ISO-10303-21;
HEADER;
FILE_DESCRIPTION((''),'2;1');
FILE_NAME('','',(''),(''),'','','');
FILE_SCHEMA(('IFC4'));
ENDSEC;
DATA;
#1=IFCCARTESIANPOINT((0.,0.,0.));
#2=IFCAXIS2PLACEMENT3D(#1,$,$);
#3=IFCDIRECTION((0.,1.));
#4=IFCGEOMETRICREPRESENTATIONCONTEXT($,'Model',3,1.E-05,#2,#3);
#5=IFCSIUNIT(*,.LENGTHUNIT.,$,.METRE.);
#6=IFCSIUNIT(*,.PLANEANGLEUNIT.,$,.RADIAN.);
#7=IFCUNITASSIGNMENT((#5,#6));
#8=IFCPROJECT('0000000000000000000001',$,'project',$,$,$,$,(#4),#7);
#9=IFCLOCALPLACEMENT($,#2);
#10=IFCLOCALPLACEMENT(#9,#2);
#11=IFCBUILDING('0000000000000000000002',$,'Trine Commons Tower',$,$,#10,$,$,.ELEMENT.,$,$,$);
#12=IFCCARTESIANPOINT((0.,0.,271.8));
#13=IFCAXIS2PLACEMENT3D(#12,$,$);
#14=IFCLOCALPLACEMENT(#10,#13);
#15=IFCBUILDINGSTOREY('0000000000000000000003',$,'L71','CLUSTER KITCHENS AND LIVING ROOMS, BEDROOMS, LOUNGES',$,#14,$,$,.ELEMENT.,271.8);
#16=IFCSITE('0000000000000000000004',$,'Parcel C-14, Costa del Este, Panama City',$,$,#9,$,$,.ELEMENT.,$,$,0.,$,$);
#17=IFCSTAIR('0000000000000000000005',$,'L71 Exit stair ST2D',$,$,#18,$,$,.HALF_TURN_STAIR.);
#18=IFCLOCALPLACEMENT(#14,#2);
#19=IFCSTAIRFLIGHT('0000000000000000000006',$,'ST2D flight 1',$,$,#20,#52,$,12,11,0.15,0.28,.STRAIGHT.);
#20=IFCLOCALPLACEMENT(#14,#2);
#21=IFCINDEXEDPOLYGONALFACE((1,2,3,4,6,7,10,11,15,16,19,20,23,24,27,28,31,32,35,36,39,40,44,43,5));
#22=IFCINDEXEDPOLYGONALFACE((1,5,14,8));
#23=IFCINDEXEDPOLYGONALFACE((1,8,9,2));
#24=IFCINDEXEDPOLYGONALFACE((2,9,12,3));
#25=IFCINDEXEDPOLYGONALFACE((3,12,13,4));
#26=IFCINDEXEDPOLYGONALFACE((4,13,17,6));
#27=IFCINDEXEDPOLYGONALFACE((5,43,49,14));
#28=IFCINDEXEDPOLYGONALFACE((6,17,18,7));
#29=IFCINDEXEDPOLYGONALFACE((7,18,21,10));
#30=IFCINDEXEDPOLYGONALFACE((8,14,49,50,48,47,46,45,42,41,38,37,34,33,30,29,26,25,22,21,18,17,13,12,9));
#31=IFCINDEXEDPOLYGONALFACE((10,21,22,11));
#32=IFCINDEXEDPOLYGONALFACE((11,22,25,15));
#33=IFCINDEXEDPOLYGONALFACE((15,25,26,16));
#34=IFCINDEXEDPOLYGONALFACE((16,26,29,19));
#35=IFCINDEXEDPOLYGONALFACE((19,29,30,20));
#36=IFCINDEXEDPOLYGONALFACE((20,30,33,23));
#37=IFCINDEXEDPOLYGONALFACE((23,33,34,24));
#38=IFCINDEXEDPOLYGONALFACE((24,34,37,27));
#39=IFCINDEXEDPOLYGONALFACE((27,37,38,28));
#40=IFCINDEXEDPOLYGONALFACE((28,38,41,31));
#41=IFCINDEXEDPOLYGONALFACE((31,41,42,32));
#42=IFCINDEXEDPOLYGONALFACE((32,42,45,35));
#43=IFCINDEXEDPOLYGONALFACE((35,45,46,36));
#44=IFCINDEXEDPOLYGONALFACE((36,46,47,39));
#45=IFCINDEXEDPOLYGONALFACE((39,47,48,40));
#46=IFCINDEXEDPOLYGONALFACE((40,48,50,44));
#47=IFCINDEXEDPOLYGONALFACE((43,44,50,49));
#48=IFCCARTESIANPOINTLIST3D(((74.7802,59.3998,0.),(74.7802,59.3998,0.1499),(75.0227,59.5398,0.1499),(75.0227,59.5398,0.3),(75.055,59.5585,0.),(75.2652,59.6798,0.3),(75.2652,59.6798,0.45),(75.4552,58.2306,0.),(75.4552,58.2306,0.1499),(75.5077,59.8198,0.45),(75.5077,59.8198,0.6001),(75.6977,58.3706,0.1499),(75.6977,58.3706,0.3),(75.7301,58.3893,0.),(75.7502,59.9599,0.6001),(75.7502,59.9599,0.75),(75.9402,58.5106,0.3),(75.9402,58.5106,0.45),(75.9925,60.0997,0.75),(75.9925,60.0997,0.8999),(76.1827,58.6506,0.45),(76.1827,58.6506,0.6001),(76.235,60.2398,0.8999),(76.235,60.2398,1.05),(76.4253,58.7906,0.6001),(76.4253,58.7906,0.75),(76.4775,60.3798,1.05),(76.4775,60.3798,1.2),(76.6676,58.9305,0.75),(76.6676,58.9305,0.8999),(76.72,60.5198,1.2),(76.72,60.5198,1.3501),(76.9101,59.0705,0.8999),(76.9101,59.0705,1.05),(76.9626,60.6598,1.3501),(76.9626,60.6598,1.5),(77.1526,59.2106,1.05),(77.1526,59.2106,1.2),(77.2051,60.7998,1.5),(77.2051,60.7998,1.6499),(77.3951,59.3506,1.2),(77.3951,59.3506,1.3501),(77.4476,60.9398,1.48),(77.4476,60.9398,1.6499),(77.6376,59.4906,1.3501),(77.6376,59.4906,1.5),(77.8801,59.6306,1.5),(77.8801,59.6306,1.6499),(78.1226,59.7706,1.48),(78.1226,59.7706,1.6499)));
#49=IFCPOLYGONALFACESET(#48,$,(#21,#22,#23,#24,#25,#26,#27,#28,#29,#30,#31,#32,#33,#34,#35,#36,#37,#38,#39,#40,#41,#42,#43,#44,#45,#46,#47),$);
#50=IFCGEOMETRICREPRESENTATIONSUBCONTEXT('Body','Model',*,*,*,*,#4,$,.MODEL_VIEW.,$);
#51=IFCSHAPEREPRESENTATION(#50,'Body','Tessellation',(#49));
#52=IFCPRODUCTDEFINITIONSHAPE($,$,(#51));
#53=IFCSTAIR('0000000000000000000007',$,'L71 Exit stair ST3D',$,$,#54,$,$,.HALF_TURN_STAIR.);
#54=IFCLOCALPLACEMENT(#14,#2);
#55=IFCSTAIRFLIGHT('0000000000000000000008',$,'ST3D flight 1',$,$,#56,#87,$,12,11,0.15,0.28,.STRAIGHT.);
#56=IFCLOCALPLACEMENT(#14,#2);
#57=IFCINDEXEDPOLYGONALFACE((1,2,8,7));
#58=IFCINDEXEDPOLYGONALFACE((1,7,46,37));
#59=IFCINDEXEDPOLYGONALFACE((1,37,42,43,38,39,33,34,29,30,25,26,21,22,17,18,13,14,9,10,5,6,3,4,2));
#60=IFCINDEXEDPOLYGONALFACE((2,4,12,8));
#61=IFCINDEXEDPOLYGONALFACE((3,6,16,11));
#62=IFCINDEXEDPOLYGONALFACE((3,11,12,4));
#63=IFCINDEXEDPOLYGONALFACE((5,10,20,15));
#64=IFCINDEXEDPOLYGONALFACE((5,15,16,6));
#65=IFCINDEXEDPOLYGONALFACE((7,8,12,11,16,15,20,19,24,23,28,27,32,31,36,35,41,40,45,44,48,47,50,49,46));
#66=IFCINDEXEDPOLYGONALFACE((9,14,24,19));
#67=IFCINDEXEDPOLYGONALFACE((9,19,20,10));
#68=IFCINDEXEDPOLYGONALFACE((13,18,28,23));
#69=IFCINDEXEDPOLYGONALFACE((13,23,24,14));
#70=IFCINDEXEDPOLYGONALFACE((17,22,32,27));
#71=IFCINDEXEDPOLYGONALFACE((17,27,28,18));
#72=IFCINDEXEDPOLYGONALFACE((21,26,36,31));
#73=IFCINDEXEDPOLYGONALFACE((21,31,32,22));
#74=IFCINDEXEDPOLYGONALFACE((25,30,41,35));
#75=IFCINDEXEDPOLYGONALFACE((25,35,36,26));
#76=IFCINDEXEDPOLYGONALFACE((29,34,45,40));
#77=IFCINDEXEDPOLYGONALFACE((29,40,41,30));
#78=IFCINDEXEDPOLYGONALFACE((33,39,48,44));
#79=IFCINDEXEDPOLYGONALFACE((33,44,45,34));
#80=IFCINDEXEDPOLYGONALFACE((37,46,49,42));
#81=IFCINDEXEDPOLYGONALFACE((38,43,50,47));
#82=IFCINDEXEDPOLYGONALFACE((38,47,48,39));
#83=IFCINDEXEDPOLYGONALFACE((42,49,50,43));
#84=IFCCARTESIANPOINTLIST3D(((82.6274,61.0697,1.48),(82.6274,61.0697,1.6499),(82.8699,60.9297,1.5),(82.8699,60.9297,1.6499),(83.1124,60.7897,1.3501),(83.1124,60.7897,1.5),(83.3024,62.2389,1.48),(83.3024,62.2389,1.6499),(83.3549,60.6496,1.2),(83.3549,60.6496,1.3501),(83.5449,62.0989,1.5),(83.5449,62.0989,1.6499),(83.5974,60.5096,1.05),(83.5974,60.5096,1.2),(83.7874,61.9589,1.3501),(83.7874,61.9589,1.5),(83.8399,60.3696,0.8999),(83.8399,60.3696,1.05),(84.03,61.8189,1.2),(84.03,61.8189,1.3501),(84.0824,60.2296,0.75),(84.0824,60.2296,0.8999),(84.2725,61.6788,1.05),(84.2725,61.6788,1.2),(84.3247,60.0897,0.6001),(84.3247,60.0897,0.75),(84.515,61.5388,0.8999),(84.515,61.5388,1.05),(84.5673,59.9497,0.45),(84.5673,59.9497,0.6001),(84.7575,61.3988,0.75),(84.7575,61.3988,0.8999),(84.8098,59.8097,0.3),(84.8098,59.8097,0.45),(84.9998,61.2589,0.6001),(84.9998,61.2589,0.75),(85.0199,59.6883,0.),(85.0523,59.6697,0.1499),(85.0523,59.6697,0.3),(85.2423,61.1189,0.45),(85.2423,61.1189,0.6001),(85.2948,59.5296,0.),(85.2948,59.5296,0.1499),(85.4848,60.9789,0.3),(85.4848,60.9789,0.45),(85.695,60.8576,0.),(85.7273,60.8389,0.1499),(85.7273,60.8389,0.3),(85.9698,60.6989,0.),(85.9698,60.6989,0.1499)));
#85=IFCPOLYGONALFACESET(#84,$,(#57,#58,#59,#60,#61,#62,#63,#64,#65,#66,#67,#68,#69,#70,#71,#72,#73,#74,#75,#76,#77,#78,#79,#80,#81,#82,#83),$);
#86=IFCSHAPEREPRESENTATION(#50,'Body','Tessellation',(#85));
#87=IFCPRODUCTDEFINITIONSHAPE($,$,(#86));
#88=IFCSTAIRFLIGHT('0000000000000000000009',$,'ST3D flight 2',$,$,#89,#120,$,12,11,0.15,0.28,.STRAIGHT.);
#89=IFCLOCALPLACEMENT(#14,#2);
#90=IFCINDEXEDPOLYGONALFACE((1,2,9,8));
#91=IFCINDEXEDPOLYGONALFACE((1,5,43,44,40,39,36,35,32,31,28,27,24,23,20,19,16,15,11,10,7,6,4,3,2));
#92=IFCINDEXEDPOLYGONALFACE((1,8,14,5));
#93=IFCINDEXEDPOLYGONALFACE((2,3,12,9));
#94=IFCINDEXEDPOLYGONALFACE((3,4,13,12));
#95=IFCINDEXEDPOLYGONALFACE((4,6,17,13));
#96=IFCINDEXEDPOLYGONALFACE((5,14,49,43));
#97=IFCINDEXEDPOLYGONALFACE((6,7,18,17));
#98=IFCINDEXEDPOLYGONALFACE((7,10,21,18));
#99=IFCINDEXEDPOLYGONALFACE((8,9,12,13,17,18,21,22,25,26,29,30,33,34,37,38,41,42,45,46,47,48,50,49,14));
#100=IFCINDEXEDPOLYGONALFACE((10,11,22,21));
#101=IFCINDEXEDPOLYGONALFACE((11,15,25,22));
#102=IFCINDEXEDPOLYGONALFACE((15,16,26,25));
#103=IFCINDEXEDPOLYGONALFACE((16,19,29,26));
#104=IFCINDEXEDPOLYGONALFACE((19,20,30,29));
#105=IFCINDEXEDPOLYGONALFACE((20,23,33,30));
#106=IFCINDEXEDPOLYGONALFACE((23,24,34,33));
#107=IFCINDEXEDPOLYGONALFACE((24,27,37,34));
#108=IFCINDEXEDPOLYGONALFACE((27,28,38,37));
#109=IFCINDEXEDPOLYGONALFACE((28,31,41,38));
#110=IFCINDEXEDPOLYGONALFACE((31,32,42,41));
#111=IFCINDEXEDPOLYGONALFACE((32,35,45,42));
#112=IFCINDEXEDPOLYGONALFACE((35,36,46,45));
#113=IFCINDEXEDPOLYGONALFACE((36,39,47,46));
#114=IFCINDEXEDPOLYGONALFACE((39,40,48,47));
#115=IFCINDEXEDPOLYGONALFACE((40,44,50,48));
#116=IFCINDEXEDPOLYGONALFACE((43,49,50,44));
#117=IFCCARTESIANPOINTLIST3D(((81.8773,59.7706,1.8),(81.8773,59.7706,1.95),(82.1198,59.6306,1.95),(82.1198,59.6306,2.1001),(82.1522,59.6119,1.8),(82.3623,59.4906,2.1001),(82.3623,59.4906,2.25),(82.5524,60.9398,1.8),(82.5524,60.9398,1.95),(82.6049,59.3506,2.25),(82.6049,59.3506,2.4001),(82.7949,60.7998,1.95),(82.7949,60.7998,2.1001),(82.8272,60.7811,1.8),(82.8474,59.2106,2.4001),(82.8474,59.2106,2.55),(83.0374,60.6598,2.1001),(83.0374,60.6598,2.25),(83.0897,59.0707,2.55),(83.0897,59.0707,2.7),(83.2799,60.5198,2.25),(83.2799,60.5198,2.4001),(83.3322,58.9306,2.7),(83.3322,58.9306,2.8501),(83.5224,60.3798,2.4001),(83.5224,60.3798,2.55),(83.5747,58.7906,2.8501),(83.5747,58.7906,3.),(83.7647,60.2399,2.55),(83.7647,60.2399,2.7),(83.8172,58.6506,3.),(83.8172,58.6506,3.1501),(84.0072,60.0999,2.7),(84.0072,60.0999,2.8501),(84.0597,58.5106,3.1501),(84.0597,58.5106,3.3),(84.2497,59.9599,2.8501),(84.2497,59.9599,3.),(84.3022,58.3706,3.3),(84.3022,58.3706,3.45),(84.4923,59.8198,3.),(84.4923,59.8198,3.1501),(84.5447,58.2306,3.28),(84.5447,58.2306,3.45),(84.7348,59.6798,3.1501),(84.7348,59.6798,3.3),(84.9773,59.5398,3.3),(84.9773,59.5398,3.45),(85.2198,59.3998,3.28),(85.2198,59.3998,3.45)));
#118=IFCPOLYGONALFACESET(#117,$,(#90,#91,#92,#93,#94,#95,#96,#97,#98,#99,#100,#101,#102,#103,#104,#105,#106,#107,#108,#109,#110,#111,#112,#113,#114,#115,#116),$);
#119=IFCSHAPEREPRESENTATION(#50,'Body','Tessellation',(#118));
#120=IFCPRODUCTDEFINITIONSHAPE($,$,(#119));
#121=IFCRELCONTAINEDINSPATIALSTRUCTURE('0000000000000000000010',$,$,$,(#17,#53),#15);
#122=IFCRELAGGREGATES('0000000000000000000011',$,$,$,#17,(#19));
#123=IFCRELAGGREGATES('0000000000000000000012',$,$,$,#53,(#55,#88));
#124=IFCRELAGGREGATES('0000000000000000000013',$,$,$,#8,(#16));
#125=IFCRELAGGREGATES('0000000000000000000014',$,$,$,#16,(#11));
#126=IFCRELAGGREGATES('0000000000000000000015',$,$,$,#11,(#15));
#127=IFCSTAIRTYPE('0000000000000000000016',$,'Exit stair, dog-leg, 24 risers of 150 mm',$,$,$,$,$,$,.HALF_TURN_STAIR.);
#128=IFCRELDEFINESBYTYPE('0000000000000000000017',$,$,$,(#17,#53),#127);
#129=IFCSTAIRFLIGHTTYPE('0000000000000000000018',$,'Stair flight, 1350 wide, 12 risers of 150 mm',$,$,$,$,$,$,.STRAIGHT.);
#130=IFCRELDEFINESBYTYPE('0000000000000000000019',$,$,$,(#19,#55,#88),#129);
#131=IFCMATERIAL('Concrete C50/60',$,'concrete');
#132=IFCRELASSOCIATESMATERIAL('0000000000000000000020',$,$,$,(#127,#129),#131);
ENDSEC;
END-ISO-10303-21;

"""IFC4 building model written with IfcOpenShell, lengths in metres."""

from ifc_helpers import new_model, si_unit, direction, frame, origin, place, context, subcontext, project, spatial, polyline, outline, extrude, material, type_object, element, aggregate, save


model = new_model("IFC4")

# Units and contexts
model_context = context("Model", 3, precision=1e-05, world=origin(), true_north=direction((0.0, 1.0)))
body_context = subcontext(model_context, "Body", "Model", "MODEL_VIEW")
ifc_project = project(units=[si_unit("LENGTHUNIT", "METRE"), si_unit("PLANEANGLEUNIT", "RADIAN")], contexts=[model_context])

# Site, building, storey
site_placement = place(None, origin())
site = spatial("IfcSite", under=ifc_project, at=site_placement, Name="Parcel C-14, Costa del Este, Panama City", CompositionType="ELEMENT", RefElevation=0.0)
building_placement = place(site_placement, origin())
building = spatial("IfcBuilding", under=site, at=building_placement, Name="Trine Commons Tower", CompositionType="ELEMENT")
storey_placement = place(building_placement, frame((0.0, 0.0, 271.8)))
storey = spatial("IfcBuildingStorey", under=building, at=storey_placement, Name="L71", Description="CLUSTER KITCHENS AND LIVING ROOMS, BEDROOMS, LOUNGES", CompositionType="ELEMENT", Elevation=271.8)

# Shared definitions
ifc_material_1 = material(Name="Concrete C50/60", Category="concrete")

# Stair, stair flight
stair_type = type_object("IfcStairType", Name="Exit stair, dog-leg, 24 risers of 150 mm", PredefinedType="HALF_TURN_STAIR", material=ifc_material_1)
stair_1_placement = place(storey_placement, origin())
stair_1 = element("IfcStair", 1, at=stair_1_placement, inside=storey, type_object=stair_type, Name="L71 Exit stair ST2D", PredefinedType="HALF_TURN_STAIR")
stair_flight_type = type_object("IfcStairFlightType", Name="Stair flight, 1350 wide, 12 risers of 150 mm", PredefinedType="STRAIGHT", material=ifc_material_1)
stair_flight_1_placement = place(storey_placement, frame((75.1177, 58.8152, 0.0), z_axis=(0.0, 0.0, 1.0), x_axis=(0.866025, 0.5, 0.0)))
stair_flight_1 = element("IfcStairFlight", 2, at=stair_flight_1_placement, type_object=stair_flight_type, Name="ST2D flight 1", NumberOfRisers=12, NumberOfTreads=11, PredefinedType="STRAIGHT", RiserHeight=0.15, TreadLength=0.28, context=body_context, shape_type="SweptSolid", body=[
    extrude(outline(polyline([(0.0, 0.0), (0.0, 0.1499), (0.28, 0.1499), (0.28, 0.3), (0.5601, 0.3), (0.5601, 0.45), (0.8401, 0.45), (0.8401, 0.6001), (1.1201, 0.6001), (1.1201, 0.75), (1.3999, 0.75), (1.3999, 0.8999), (1.6799, 0.8999), (1.6799, 1.05), (1.96, 1.05), (1.96, 1.2), (2.24, 1.2), (2.24, 1.3501), (2.52, 1.3501), (2.52, 1.5), (2.8, 1.5), (2.8, 1.6499), (3.0801, 1.6499), (3.0801, 1.8), (3.0801, 1.48), (0.3174, 0.0), (0.0, 0.0)])), frame((0.0, 0.675, 0.0), z_axis=(0.0, -1.0, 0.0), x_axis=(1.0, 0.0, 0.0)), (0.0, 0.0, 1.0), 1.3501),
])
aggregate(stair_1, [stair_flight_1])

# Stair, stair flights
stair_2_placement = place(storey_placement, origin())
stair_2 = element("IfcStair", 3, at=stair_2_placement, inside=storey, type_object=stair_type, Name="L71 Exit stair ST3D", PredefinedType="HALF_TURN_STAIR")
stair_flight_2_placement = place(storey_placement, frame((85.6323, 60.1143, 0.0), z_axis=(0.0, 0.0, 1.0), x_axis=(-0.866025, 0.5, 0.0)))
stair_flight_2 = element("IfcStairFlight", 4, at=stair_flight_2_placement, type_object=stair_flight_type, Name="ST3D flight 1", NumberOfRisers=12, NumberOfTreads=11, PredefinedType="STRAIGHT", RiserHeight=0.15, TreadLength=0.28, context=body_context, shape_type="SweptSolid", body=[
    extrude(outline(polyline([(0.0, 0.0), (0.0, 0.1499), (0.28, 0.1499), (0.28, 0.3), (0.5601, 0.3), (0.5601, 0.45), (0.8401, 0.45), (0.8401, 0.6001), (1.1201, 0.6001), (1.1201, 0.75), (1.3999, 0.75), (1.3999, 0.8999), (1.6799, 0.8999), (1.6799, 1.05), (1.96, 1.05), (1.96, 1.2), (2.24, 1.2), (2.24, 1.3501), (2.52, 1.3501), (2.52, 1.5), (2.8, 1.5), (2.8, 1.6499), (3.0801, 1.6499), (3.0801, 1.8), (3.0801, 1.48), (0.3174, 0.0), (0.0, 0.0)])), frame((0.0, 0.675, 0.0), z_axis=(0.0, -1.0, 0.0), x_axis=(1.0, 0.0, 0.0)), (0.0, 0.0, 1.0), 1.3501),
])
stair_flight_3_placement = place(storey_placement, frame((82.2148, 60.3552, 1.8), z_axis=(0.0, 0.0, 1.0), x_axis=(0.866025, -0.5, 0.0)))
stair_flight_3 = element("IfcStairFlight", 5, at=stair_flight_3_placement, type_object=stair_flight_type, Name="ST3D flight 2", NumberOfRisers=12, NumberOfTreads=11, PredefinedType="STRAIGHT", RiserHeight=0.15, TreadLength=0.28, context=body_context, shape_type="SweptSolid", body=[
    extrude(outline(polyline([(0.0, 0.0), (0.0, 0.1499), (0.28, 0.1499), (0.28, 0.3), (0.5601, 0.3), (0.5601, 0.45), (0.8401, 0.45), (0.8401, 0.6001), (1.1201, 0.6001), (1.1201, 0.75), (1.3999, 0.75), (1.3999, 0.8999), (1.6799, 0.8999), (1.6799, 1.05), (1.96, 1.05), (1.96, 1.2), (2.24, 1.2), (2.24, 1.3501), (2.52, 1.3501), (2.52, 1.5), (2.8, 1.5), (2.8, 1.6499), (3.0801, 1.6499), (3.0801, 1.8), (3.0801, 1.48), (0.3174, 0.0), (0.0, 0.0)])), frame((0.0, 0.675, 0.0), z_axis=(0.0, -1.0, 0.0), x_axis=(1.0, 0.0, 0.0)), (0.0, 0.0, 1.0), 1.3501),
])
aggregate(stair_2, [stair_flight_2, stair_flight_3])

save(model, "model.ifc")
